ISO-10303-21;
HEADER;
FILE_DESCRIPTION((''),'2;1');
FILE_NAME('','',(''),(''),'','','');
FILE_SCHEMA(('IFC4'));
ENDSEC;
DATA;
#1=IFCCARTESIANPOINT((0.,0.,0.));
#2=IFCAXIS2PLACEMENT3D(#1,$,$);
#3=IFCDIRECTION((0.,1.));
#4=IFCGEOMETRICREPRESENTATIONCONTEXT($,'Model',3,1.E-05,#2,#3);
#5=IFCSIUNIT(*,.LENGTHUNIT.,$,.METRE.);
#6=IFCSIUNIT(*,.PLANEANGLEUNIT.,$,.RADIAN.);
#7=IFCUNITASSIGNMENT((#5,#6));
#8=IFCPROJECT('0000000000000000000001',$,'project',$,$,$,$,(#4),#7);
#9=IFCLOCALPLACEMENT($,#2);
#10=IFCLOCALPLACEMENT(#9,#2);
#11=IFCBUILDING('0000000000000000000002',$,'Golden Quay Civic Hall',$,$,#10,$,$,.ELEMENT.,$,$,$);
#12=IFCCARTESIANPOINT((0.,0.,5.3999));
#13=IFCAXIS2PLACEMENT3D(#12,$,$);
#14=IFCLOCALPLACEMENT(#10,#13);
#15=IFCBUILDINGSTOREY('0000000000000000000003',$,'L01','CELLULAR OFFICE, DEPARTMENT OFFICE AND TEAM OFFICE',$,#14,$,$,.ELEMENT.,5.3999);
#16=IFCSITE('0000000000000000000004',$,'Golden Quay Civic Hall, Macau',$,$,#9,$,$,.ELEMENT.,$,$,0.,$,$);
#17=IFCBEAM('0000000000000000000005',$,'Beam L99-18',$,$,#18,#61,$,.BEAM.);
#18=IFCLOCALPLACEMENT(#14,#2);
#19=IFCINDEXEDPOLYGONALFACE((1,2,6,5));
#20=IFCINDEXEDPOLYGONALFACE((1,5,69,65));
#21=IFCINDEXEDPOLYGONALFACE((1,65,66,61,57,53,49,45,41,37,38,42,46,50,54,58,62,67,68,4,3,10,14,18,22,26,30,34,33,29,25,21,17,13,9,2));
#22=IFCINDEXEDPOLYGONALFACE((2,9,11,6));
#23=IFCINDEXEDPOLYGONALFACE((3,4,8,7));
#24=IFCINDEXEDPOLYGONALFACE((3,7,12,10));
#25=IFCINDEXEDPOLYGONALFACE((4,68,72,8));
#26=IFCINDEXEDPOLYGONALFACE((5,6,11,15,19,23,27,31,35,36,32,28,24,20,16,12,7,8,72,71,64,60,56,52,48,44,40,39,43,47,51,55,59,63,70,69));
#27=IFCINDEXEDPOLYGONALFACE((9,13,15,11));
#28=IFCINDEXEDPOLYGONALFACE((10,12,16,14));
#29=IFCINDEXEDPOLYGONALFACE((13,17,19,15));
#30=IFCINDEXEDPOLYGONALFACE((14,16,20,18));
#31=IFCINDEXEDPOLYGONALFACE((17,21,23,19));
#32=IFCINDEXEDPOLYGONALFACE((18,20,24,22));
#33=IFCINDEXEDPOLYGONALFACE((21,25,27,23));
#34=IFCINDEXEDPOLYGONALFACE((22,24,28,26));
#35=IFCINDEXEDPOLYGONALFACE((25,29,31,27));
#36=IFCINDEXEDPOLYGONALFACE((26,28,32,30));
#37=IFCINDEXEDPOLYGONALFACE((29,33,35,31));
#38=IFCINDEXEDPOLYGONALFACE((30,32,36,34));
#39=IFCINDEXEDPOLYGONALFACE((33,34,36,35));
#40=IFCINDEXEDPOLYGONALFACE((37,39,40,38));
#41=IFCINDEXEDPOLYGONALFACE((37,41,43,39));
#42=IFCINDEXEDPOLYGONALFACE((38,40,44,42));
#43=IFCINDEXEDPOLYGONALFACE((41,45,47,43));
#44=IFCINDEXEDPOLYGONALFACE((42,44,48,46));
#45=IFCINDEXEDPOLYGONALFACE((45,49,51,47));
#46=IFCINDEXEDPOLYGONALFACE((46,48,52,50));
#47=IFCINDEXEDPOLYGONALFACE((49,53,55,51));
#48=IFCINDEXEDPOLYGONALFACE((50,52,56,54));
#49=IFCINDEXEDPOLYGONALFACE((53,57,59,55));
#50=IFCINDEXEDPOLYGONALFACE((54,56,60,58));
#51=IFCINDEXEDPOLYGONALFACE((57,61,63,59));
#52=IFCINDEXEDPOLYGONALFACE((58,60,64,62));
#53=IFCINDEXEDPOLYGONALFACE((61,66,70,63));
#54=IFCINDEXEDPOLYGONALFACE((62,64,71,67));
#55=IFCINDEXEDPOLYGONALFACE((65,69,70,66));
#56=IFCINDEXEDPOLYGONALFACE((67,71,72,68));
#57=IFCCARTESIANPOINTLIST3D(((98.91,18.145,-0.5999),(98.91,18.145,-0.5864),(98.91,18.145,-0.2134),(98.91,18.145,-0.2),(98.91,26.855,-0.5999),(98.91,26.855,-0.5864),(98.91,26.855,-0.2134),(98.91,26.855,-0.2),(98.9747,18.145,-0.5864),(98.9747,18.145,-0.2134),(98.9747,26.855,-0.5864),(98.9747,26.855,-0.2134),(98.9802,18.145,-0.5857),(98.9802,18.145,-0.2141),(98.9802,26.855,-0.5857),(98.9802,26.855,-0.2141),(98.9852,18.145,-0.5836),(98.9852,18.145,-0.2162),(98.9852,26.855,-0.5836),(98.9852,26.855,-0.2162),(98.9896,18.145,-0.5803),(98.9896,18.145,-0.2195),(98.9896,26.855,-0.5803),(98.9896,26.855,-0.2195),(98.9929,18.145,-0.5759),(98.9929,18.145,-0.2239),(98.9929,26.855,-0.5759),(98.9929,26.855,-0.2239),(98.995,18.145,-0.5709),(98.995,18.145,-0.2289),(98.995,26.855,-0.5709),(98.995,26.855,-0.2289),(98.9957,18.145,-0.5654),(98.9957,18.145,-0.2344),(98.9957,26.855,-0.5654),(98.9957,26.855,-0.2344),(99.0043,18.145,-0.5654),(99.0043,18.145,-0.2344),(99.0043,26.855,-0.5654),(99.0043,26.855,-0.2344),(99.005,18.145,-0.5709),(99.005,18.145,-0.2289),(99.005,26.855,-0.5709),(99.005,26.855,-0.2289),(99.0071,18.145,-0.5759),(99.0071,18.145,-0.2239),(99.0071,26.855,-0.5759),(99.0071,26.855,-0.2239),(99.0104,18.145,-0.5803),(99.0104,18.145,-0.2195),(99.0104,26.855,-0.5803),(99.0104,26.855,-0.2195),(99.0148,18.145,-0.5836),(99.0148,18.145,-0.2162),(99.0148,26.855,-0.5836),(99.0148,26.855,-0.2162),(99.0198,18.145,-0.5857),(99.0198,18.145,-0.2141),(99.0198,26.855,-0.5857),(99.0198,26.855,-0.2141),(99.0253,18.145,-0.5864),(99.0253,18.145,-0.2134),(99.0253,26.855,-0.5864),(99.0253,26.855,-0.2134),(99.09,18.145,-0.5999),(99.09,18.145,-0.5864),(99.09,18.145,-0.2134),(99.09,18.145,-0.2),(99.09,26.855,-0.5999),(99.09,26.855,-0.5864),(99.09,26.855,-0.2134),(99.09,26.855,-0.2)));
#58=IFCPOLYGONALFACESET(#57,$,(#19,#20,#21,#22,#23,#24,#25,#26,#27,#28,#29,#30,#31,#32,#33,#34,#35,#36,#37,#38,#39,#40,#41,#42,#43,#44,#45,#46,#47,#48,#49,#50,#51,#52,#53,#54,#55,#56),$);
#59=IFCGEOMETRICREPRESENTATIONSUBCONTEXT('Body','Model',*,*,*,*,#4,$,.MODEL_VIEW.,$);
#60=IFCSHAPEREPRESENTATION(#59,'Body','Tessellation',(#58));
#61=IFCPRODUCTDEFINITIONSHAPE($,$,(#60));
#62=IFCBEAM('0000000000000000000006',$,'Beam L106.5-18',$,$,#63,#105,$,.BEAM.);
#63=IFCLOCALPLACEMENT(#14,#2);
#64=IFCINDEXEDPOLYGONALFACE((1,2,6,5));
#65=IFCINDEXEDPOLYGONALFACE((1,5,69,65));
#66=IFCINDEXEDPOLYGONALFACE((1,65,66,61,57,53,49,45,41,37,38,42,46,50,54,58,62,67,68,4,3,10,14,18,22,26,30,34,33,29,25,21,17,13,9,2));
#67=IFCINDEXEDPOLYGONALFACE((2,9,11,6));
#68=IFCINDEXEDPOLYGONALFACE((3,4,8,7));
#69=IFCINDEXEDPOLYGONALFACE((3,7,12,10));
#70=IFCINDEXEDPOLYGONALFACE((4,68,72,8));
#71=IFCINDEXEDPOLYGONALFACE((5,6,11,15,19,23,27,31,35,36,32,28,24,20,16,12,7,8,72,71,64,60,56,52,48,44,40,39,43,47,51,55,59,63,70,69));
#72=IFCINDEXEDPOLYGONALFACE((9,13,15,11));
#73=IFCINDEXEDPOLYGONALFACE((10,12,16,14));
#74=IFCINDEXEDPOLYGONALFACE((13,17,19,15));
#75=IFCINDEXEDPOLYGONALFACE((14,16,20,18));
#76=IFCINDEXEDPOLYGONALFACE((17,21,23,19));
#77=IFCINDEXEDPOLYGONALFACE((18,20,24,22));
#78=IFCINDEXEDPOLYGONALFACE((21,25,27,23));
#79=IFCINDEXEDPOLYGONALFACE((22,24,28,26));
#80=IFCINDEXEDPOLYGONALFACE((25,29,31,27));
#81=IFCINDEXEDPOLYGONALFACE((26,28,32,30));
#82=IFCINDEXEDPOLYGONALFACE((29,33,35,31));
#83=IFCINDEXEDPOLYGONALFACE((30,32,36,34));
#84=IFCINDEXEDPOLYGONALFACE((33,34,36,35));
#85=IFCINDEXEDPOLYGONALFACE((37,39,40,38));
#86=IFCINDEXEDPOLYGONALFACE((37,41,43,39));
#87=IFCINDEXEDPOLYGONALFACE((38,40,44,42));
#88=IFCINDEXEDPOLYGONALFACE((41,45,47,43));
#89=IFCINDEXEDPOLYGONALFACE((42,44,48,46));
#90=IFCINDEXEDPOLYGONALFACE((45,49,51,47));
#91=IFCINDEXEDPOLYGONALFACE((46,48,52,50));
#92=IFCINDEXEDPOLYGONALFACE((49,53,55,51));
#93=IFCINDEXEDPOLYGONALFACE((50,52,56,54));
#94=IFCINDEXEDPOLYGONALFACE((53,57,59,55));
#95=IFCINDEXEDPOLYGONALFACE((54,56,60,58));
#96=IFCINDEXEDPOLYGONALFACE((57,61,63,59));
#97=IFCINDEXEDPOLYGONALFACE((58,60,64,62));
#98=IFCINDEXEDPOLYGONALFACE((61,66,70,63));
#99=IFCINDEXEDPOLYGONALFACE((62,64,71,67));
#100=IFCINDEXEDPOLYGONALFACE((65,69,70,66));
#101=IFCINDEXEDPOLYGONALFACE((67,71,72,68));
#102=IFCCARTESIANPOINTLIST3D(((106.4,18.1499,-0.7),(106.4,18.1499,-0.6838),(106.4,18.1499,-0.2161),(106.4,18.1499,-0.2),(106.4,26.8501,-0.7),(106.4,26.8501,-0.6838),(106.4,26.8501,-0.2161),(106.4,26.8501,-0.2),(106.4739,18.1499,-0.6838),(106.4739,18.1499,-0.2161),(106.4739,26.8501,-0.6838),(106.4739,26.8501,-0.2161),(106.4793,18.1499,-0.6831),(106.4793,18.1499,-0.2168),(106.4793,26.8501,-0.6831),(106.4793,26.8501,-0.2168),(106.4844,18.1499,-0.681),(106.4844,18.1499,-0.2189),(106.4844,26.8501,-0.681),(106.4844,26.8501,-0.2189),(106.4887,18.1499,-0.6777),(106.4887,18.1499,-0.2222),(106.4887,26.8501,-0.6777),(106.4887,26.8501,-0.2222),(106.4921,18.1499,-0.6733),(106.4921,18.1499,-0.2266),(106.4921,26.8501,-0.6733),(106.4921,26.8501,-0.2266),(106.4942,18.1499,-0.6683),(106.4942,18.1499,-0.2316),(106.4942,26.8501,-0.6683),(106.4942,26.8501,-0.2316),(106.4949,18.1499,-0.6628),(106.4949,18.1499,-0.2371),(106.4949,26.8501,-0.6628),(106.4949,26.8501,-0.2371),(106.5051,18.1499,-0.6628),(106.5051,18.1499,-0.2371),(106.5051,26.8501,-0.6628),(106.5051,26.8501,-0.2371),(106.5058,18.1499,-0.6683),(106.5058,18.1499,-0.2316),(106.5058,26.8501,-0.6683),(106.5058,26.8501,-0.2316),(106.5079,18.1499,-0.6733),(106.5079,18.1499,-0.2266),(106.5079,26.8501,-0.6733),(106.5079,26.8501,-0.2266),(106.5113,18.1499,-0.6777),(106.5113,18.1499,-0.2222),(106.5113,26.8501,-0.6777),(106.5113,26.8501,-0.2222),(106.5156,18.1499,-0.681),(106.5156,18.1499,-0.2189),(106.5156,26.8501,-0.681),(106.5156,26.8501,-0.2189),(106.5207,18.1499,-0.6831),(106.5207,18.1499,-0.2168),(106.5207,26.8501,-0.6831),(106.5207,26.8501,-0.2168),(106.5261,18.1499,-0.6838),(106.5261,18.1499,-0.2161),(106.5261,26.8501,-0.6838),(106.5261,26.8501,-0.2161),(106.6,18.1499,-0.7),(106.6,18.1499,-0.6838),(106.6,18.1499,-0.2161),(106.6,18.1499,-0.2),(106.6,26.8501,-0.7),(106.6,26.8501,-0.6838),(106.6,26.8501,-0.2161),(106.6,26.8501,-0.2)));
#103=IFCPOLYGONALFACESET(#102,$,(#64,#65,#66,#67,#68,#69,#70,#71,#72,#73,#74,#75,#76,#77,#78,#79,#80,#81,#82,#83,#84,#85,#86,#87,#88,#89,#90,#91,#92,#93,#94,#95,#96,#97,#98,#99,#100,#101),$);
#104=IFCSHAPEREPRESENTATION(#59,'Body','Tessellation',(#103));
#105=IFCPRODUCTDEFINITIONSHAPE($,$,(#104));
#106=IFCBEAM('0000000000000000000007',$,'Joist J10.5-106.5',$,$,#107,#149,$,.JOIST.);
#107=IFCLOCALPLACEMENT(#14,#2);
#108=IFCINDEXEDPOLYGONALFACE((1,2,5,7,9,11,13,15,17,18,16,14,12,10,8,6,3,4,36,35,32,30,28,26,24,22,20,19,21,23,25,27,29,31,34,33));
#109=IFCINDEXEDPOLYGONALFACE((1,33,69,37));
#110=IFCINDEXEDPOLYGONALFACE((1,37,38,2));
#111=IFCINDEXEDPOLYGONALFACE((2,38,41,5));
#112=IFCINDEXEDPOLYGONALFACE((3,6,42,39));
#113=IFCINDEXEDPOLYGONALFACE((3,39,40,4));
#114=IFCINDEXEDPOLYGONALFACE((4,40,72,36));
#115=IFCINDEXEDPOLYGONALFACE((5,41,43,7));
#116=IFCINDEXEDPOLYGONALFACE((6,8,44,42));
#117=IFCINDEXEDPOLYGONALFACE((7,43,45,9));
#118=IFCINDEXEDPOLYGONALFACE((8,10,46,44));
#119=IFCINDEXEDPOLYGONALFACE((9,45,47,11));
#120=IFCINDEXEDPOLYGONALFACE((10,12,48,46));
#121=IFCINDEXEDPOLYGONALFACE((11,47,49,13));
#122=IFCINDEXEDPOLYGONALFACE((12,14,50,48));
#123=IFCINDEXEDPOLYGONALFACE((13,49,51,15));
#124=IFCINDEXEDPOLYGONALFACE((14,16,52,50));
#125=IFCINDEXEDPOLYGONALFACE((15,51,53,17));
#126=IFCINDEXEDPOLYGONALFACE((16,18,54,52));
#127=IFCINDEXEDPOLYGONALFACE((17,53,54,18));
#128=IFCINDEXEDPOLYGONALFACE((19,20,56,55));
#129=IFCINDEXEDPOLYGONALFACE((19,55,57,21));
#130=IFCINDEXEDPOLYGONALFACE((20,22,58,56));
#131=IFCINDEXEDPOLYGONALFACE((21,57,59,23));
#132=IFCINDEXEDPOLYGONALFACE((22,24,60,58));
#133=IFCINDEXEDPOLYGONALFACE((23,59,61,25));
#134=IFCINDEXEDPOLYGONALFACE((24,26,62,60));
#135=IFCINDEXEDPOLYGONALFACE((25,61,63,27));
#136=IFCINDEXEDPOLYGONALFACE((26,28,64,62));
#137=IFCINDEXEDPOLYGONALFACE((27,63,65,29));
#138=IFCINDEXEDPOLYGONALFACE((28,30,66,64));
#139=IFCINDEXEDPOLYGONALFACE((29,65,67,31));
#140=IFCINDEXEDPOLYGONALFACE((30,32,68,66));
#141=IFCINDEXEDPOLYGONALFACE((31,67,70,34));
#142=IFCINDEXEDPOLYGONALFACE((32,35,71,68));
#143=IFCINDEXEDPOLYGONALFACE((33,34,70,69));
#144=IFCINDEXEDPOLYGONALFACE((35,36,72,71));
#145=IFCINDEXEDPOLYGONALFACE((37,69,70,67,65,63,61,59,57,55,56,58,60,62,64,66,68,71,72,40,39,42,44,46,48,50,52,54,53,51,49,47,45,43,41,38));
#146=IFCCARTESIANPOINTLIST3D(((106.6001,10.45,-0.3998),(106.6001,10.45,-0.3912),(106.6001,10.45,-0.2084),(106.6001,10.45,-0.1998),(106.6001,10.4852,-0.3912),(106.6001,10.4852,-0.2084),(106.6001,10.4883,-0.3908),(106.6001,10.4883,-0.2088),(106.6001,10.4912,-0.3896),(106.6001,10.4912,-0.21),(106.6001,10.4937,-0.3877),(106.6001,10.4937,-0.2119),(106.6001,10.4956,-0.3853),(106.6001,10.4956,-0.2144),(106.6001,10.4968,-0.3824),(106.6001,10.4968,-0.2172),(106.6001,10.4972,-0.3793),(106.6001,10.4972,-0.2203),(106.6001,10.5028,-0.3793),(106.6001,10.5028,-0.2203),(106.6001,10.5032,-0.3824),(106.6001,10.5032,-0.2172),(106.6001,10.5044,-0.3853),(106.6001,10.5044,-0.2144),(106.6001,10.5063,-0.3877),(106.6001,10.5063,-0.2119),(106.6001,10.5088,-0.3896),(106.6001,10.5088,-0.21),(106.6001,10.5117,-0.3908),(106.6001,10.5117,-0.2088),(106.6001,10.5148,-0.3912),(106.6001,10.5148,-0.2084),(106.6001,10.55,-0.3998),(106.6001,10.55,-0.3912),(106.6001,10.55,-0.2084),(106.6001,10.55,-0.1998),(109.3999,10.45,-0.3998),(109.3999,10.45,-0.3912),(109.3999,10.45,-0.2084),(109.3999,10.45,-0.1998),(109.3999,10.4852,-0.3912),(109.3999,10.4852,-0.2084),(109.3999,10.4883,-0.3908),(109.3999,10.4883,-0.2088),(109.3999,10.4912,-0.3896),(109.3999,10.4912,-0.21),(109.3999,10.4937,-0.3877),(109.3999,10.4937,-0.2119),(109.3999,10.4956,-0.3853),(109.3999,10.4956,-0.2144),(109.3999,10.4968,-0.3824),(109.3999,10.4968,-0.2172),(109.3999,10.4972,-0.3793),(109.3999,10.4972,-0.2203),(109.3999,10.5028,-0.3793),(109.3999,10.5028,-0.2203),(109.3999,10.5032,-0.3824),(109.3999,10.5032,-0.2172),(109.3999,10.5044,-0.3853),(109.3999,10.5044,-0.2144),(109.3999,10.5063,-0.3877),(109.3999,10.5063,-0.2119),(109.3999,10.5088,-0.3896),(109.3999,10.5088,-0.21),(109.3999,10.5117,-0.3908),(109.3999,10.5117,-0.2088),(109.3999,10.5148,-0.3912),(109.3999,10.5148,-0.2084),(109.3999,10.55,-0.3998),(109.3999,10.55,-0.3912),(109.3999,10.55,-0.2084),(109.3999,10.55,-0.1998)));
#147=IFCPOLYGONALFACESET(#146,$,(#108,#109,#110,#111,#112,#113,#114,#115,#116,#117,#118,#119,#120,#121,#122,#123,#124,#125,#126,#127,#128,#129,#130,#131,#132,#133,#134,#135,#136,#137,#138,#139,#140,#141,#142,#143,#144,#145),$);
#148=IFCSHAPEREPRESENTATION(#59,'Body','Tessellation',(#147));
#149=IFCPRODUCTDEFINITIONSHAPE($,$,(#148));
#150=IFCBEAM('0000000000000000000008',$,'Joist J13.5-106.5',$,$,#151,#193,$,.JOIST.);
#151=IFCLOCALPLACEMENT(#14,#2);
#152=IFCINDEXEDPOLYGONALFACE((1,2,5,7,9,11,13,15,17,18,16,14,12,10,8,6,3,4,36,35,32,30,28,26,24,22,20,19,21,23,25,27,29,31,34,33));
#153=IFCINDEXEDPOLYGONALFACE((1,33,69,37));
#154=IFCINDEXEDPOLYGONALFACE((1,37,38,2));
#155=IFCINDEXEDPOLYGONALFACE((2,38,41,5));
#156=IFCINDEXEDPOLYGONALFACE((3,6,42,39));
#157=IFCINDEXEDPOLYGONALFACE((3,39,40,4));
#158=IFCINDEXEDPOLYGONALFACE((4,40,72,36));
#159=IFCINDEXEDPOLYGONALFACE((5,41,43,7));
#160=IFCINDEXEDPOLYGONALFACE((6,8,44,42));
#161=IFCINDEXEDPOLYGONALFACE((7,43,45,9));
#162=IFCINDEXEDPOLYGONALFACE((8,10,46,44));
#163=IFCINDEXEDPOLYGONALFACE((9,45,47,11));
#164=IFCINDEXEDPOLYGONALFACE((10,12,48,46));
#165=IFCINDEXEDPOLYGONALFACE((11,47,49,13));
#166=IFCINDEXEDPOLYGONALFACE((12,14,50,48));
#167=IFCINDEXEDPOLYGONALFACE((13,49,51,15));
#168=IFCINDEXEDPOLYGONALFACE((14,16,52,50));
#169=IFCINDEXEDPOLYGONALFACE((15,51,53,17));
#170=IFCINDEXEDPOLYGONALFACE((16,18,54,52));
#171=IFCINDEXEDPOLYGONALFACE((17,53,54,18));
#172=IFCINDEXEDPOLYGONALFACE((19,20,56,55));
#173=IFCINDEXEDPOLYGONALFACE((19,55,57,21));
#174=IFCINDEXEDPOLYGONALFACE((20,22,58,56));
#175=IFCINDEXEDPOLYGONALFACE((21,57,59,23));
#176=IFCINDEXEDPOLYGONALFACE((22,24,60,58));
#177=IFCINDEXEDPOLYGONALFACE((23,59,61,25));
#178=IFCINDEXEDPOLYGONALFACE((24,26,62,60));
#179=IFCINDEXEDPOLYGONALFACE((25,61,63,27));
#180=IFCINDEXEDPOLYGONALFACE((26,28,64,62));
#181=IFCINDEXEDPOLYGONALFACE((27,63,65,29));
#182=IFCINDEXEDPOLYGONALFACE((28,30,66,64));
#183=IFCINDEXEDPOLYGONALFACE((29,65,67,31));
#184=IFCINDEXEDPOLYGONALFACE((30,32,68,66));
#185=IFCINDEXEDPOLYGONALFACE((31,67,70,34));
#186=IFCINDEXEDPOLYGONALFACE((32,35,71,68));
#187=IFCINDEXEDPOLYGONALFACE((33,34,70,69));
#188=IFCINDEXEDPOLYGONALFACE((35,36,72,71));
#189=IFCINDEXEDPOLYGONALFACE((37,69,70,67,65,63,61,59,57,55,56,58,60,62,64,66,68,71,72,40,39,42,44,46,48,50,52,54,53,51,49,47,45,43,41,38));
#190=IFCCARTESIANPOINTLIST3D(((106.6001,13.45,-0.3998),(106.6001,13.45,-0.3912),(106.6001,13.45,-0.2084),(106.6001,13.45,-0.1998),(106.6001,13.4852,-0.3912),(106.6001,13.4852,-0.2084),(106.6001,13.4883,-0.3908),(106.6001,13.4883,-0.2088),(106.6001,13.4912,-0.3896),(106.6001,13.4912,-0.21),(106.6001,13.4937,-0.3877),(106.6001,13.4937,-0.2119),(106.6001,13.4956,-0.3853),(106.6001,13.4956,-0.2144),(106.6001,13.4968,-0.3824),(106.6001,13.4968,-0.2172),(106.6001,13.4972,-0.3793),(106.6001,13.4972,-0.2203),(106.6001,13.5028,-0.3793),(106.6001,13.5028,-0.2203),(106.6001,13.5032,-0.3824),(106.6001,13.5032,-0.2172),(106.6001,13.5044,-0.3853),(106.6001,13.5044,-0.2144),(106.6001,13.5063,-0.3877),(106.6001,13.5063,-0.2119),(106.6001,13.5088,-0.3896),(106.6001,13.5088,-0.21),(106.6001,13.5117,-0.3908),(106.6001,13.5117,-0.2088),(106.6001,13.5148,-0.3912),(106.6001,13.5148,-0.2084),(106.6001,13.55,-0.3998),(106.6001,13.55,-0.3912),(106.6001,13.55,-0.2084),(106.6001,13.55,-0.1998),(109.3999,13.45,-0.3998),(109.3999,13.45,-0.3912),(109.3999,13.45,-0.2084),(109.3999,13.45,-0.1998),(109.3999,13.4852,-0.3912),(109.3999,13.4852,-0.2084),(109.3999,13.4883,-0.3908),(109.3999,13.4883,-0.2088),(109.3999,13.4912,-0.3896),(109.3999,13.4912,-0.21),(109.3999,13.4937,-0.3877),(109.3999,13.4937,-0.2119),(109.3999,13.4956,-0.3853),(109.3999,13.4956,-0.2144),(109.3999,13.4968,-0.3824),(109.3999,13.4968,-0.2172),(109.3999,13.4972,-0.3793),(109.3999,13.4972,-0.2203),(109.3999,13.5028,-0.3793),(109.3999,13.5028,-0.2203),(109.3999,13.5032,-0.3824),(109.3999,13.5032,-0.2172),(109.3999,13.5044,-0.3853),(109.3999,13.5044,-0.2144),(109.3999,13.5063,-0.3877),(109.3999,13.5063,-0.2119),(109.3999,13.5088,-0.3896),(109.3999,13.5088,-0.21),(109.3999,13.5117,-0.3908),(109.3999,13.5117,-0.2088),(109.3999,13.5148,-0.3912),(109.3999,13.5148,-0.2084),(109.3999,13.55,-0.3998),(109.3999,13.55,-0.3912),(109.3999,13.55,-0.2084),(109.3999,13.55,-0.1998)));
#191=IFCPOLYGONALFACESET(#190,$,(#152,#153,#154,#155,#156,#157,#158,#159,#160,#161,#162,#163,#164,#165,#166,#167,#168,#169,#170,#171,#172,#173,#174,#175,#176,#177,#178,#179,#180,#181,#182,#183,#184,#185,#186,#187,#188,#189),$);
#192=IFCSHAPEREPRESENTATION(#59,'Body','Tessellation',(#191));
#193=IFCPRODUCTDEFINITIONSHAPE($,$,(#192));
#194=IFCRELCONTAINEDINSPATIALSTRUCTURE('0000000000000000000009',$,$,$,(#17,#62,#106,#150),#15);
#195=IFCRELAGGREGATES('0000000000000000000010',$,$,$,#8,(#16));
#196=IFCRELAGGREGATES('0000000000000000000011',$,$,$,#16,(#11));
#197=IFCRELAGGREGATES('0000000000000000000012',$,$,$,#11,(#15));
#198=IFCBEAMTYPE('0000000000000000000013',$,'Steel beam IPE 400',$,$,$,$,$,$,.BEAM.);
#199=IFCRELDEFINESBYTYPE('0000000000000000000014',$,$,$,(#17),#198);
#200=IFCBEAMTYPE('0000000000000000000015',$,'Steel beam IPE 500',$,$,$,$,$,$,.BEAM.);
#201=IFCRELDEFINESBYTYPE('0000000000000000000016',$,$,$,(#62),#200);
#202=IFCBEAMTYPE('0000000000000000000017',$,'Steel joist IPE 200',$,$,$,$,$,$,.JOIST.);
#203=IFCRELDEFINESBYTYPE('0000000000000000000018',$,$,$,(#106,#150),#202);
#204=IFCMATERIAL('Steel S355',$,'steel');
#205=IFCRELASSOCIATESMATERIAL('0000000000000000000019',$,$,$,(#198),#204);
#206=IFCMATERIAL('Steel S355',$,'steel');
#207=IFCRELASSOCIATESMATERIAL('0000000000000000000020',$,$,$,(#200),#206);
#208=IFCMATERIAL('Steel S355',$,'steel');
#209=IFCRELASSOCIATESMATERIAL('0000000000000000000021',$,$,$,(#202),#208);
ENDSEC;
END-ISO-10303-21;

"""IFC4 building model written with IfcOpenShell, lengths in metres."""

from ifc_helpers import new_model, si_unit, direction, frame, origin, origin_2d, place, context, subcontext, project, spatial, i_section, extrude, material, material_profile, profile_set, type_object, element, save


model = new_model("IFC4")

# Units and contexts
model_context = context("Model", 3, precision=1e-05, world=origin(), true_north=direction((0.0, 1.0)))
body_context = subcontext(model_context, "Body", "Model", "MODEL_VIEW")
ifc_project = project(units=[si_unit("LENGTHUNIT", "METRE"), si_unit("PLANEANGLEUNIT", "RADIAN")], contexts=[model_context])

# Site, building, storey
site_placement = place(None, origin())
site = spatial("IfcSite", under=ifc_project, at=site_placement, Name="Golden Quay Civic Hall, Macau", CompositionType="ELEMENT", RefElevation=0.0)
building_placement = place(site_placement, origin())
building = spatial("IfcBuilding", under=site, at=building_placement, Name="Golden Quay Civic Hall", CompositionType="ELEMENT")
storey_placement = place(building_placement, frame((0.0, 0.0, 5.3999)))
storey = spatial("IfcBuildingStorey", under=building, at=storey_placement, Name="L01", Description="CELLULAR OFFICE, DEPARTMENT OFFICE AND TEAM OFFICE", CompositionType="ELEMENT", Elevation=5.3999)

# Beams
ifc_material_1 = material(Name="Steel S355", Category="steel")
ifc_material_profile_1 = material_profile(ifc_material_1, i_section(OverallWidth=0.1799, OverallDepth=0.3999, WebThickness=0.0085, FlangeThickness=0.0134, FilletRadius=0.021, at=origin_2d()), Name="IPE 400")
ifc_profile_set_1 = profile_set([ifc_material_profile_1], Name="Steel S355")
beam_type_1 = type_object("IfcBeamType", Name="Steel beam IPE 400", PredefinedType="BEAM", material=ifc_profile_set_1)
beam_1_placement = place(storey_placement, frame((99.0, 18.145, -0.3999), z_axis=(0.0, 1.0, 0.0), x_axis=(-1.0, 0.0, 0.0)))
element("IfcBeam", 1, at=beam_1_placement, inside=storey, type_object=beam_type_1, Name="Beam L99-18", PredefinedType="BEAM", context=body_context, shape_type="SweptSolid", body=[
    extrude(i_section(OverallWidth=0.1799, OverallDepth=0.3999, WebThickness=0.0085, FlangeThickness=0.0134, FilletRadius=0.021, at=origin_2d()), origin(), (0.0, 0.0, 1.0), 8.71),
])
ifc_material_2 = material(Name="Steel S355", Category="steel")
ifc_material_profile_2 = material_profile(ifc_material_2, i_section(OverallWidth=0.2, OverallDepth=0.5, WebThickness=0.0103, FlangeThickness=0.0161, FilletRadius=0.021, at=origin_2d()), Name="IPE 500")
ifc_profile_set_2 = profile_set([ifc_material_profile_2], Name="Steel S355")
beam_type_2 = type_object("IfcBeamType", Name="Steel beam IPE 500", PredefinedType="BEAM", material=ifc_profile_set_2)
beam_2_placement = place(storey_placement, frame((106.5, 18.1499, -0.45), z_axis=(0.0, 1.0, 0.0), x_axis=(-1.0, 0.0, 0.0)))
element("IfcBeam", 2, at=beam_2_placement, inside=storey, type_object=beam_type_2, Name="Beam L106.5-18", PredefinedType="BEAM", context=body_context, shape_type="SweptSolid", body=[
    extrude(i_section(OverallWidth=0.2, OverallDepth=0.5, WebThickness=0.0103, FlangeThickness=0.0161, FilletRadius=0.021, at=origin_2d()), origin(), (0.0, 0.0, 1.0), 8.7002),
])
ifc_material_3 = material(Name="Steel S355", Category="steel")
ifc_material_profile_3 = material_profile(ifc_material_3, i_section(OverallWidth=0.1001, OverallDepth=0.2, WebThickness=0.0056, FlangeThickness=0.0085, FilletRadius=0.012, at=origin_2d()), Name="IPE 200")
ifc_profile_set_3 = profile_set([ifc_material_profile_3], Name="Steel S355")
beam_type_3 = type_object("IfcBeamType", Name="Steel joist IPE 200", PredefinedType="JOIST", material=ifc_profile_set_3)
for number, where, z_axis, x_axis, name in (
    (3, (106.6001, 10.5, -0.2998), (1.0, 0.0, 0.0), (0.0, 1.0, 0.0), "Joist J10.5-106.5"),
    (4, (106.6001, 13.5, -0.2998), (1.0, 0.0, 0.0), (0.0, 1.0, 0.0), "Joist J13.5-106.5"),
):
    element("IfcBeam", number, at=place(storey_placement, frame(where, z_axis=z_axis, x_axis=x_axis)), inside=storey, type_object=beam_type_3, Name=name, PredefinedType="JOIST", context=body_context, shape_type="SweptSolid", body=[
        extrude(i_section(OverallWidth=0.1001, OverallDepth=0.2, WebThickness=0.0056, FlangeThickness=0.0085, FilletRadius=0.012, at=origin_2d()), origin(), (0.0, 0.0, 1.0), 2.7998),
    ])

save(model, "model.ifc")
